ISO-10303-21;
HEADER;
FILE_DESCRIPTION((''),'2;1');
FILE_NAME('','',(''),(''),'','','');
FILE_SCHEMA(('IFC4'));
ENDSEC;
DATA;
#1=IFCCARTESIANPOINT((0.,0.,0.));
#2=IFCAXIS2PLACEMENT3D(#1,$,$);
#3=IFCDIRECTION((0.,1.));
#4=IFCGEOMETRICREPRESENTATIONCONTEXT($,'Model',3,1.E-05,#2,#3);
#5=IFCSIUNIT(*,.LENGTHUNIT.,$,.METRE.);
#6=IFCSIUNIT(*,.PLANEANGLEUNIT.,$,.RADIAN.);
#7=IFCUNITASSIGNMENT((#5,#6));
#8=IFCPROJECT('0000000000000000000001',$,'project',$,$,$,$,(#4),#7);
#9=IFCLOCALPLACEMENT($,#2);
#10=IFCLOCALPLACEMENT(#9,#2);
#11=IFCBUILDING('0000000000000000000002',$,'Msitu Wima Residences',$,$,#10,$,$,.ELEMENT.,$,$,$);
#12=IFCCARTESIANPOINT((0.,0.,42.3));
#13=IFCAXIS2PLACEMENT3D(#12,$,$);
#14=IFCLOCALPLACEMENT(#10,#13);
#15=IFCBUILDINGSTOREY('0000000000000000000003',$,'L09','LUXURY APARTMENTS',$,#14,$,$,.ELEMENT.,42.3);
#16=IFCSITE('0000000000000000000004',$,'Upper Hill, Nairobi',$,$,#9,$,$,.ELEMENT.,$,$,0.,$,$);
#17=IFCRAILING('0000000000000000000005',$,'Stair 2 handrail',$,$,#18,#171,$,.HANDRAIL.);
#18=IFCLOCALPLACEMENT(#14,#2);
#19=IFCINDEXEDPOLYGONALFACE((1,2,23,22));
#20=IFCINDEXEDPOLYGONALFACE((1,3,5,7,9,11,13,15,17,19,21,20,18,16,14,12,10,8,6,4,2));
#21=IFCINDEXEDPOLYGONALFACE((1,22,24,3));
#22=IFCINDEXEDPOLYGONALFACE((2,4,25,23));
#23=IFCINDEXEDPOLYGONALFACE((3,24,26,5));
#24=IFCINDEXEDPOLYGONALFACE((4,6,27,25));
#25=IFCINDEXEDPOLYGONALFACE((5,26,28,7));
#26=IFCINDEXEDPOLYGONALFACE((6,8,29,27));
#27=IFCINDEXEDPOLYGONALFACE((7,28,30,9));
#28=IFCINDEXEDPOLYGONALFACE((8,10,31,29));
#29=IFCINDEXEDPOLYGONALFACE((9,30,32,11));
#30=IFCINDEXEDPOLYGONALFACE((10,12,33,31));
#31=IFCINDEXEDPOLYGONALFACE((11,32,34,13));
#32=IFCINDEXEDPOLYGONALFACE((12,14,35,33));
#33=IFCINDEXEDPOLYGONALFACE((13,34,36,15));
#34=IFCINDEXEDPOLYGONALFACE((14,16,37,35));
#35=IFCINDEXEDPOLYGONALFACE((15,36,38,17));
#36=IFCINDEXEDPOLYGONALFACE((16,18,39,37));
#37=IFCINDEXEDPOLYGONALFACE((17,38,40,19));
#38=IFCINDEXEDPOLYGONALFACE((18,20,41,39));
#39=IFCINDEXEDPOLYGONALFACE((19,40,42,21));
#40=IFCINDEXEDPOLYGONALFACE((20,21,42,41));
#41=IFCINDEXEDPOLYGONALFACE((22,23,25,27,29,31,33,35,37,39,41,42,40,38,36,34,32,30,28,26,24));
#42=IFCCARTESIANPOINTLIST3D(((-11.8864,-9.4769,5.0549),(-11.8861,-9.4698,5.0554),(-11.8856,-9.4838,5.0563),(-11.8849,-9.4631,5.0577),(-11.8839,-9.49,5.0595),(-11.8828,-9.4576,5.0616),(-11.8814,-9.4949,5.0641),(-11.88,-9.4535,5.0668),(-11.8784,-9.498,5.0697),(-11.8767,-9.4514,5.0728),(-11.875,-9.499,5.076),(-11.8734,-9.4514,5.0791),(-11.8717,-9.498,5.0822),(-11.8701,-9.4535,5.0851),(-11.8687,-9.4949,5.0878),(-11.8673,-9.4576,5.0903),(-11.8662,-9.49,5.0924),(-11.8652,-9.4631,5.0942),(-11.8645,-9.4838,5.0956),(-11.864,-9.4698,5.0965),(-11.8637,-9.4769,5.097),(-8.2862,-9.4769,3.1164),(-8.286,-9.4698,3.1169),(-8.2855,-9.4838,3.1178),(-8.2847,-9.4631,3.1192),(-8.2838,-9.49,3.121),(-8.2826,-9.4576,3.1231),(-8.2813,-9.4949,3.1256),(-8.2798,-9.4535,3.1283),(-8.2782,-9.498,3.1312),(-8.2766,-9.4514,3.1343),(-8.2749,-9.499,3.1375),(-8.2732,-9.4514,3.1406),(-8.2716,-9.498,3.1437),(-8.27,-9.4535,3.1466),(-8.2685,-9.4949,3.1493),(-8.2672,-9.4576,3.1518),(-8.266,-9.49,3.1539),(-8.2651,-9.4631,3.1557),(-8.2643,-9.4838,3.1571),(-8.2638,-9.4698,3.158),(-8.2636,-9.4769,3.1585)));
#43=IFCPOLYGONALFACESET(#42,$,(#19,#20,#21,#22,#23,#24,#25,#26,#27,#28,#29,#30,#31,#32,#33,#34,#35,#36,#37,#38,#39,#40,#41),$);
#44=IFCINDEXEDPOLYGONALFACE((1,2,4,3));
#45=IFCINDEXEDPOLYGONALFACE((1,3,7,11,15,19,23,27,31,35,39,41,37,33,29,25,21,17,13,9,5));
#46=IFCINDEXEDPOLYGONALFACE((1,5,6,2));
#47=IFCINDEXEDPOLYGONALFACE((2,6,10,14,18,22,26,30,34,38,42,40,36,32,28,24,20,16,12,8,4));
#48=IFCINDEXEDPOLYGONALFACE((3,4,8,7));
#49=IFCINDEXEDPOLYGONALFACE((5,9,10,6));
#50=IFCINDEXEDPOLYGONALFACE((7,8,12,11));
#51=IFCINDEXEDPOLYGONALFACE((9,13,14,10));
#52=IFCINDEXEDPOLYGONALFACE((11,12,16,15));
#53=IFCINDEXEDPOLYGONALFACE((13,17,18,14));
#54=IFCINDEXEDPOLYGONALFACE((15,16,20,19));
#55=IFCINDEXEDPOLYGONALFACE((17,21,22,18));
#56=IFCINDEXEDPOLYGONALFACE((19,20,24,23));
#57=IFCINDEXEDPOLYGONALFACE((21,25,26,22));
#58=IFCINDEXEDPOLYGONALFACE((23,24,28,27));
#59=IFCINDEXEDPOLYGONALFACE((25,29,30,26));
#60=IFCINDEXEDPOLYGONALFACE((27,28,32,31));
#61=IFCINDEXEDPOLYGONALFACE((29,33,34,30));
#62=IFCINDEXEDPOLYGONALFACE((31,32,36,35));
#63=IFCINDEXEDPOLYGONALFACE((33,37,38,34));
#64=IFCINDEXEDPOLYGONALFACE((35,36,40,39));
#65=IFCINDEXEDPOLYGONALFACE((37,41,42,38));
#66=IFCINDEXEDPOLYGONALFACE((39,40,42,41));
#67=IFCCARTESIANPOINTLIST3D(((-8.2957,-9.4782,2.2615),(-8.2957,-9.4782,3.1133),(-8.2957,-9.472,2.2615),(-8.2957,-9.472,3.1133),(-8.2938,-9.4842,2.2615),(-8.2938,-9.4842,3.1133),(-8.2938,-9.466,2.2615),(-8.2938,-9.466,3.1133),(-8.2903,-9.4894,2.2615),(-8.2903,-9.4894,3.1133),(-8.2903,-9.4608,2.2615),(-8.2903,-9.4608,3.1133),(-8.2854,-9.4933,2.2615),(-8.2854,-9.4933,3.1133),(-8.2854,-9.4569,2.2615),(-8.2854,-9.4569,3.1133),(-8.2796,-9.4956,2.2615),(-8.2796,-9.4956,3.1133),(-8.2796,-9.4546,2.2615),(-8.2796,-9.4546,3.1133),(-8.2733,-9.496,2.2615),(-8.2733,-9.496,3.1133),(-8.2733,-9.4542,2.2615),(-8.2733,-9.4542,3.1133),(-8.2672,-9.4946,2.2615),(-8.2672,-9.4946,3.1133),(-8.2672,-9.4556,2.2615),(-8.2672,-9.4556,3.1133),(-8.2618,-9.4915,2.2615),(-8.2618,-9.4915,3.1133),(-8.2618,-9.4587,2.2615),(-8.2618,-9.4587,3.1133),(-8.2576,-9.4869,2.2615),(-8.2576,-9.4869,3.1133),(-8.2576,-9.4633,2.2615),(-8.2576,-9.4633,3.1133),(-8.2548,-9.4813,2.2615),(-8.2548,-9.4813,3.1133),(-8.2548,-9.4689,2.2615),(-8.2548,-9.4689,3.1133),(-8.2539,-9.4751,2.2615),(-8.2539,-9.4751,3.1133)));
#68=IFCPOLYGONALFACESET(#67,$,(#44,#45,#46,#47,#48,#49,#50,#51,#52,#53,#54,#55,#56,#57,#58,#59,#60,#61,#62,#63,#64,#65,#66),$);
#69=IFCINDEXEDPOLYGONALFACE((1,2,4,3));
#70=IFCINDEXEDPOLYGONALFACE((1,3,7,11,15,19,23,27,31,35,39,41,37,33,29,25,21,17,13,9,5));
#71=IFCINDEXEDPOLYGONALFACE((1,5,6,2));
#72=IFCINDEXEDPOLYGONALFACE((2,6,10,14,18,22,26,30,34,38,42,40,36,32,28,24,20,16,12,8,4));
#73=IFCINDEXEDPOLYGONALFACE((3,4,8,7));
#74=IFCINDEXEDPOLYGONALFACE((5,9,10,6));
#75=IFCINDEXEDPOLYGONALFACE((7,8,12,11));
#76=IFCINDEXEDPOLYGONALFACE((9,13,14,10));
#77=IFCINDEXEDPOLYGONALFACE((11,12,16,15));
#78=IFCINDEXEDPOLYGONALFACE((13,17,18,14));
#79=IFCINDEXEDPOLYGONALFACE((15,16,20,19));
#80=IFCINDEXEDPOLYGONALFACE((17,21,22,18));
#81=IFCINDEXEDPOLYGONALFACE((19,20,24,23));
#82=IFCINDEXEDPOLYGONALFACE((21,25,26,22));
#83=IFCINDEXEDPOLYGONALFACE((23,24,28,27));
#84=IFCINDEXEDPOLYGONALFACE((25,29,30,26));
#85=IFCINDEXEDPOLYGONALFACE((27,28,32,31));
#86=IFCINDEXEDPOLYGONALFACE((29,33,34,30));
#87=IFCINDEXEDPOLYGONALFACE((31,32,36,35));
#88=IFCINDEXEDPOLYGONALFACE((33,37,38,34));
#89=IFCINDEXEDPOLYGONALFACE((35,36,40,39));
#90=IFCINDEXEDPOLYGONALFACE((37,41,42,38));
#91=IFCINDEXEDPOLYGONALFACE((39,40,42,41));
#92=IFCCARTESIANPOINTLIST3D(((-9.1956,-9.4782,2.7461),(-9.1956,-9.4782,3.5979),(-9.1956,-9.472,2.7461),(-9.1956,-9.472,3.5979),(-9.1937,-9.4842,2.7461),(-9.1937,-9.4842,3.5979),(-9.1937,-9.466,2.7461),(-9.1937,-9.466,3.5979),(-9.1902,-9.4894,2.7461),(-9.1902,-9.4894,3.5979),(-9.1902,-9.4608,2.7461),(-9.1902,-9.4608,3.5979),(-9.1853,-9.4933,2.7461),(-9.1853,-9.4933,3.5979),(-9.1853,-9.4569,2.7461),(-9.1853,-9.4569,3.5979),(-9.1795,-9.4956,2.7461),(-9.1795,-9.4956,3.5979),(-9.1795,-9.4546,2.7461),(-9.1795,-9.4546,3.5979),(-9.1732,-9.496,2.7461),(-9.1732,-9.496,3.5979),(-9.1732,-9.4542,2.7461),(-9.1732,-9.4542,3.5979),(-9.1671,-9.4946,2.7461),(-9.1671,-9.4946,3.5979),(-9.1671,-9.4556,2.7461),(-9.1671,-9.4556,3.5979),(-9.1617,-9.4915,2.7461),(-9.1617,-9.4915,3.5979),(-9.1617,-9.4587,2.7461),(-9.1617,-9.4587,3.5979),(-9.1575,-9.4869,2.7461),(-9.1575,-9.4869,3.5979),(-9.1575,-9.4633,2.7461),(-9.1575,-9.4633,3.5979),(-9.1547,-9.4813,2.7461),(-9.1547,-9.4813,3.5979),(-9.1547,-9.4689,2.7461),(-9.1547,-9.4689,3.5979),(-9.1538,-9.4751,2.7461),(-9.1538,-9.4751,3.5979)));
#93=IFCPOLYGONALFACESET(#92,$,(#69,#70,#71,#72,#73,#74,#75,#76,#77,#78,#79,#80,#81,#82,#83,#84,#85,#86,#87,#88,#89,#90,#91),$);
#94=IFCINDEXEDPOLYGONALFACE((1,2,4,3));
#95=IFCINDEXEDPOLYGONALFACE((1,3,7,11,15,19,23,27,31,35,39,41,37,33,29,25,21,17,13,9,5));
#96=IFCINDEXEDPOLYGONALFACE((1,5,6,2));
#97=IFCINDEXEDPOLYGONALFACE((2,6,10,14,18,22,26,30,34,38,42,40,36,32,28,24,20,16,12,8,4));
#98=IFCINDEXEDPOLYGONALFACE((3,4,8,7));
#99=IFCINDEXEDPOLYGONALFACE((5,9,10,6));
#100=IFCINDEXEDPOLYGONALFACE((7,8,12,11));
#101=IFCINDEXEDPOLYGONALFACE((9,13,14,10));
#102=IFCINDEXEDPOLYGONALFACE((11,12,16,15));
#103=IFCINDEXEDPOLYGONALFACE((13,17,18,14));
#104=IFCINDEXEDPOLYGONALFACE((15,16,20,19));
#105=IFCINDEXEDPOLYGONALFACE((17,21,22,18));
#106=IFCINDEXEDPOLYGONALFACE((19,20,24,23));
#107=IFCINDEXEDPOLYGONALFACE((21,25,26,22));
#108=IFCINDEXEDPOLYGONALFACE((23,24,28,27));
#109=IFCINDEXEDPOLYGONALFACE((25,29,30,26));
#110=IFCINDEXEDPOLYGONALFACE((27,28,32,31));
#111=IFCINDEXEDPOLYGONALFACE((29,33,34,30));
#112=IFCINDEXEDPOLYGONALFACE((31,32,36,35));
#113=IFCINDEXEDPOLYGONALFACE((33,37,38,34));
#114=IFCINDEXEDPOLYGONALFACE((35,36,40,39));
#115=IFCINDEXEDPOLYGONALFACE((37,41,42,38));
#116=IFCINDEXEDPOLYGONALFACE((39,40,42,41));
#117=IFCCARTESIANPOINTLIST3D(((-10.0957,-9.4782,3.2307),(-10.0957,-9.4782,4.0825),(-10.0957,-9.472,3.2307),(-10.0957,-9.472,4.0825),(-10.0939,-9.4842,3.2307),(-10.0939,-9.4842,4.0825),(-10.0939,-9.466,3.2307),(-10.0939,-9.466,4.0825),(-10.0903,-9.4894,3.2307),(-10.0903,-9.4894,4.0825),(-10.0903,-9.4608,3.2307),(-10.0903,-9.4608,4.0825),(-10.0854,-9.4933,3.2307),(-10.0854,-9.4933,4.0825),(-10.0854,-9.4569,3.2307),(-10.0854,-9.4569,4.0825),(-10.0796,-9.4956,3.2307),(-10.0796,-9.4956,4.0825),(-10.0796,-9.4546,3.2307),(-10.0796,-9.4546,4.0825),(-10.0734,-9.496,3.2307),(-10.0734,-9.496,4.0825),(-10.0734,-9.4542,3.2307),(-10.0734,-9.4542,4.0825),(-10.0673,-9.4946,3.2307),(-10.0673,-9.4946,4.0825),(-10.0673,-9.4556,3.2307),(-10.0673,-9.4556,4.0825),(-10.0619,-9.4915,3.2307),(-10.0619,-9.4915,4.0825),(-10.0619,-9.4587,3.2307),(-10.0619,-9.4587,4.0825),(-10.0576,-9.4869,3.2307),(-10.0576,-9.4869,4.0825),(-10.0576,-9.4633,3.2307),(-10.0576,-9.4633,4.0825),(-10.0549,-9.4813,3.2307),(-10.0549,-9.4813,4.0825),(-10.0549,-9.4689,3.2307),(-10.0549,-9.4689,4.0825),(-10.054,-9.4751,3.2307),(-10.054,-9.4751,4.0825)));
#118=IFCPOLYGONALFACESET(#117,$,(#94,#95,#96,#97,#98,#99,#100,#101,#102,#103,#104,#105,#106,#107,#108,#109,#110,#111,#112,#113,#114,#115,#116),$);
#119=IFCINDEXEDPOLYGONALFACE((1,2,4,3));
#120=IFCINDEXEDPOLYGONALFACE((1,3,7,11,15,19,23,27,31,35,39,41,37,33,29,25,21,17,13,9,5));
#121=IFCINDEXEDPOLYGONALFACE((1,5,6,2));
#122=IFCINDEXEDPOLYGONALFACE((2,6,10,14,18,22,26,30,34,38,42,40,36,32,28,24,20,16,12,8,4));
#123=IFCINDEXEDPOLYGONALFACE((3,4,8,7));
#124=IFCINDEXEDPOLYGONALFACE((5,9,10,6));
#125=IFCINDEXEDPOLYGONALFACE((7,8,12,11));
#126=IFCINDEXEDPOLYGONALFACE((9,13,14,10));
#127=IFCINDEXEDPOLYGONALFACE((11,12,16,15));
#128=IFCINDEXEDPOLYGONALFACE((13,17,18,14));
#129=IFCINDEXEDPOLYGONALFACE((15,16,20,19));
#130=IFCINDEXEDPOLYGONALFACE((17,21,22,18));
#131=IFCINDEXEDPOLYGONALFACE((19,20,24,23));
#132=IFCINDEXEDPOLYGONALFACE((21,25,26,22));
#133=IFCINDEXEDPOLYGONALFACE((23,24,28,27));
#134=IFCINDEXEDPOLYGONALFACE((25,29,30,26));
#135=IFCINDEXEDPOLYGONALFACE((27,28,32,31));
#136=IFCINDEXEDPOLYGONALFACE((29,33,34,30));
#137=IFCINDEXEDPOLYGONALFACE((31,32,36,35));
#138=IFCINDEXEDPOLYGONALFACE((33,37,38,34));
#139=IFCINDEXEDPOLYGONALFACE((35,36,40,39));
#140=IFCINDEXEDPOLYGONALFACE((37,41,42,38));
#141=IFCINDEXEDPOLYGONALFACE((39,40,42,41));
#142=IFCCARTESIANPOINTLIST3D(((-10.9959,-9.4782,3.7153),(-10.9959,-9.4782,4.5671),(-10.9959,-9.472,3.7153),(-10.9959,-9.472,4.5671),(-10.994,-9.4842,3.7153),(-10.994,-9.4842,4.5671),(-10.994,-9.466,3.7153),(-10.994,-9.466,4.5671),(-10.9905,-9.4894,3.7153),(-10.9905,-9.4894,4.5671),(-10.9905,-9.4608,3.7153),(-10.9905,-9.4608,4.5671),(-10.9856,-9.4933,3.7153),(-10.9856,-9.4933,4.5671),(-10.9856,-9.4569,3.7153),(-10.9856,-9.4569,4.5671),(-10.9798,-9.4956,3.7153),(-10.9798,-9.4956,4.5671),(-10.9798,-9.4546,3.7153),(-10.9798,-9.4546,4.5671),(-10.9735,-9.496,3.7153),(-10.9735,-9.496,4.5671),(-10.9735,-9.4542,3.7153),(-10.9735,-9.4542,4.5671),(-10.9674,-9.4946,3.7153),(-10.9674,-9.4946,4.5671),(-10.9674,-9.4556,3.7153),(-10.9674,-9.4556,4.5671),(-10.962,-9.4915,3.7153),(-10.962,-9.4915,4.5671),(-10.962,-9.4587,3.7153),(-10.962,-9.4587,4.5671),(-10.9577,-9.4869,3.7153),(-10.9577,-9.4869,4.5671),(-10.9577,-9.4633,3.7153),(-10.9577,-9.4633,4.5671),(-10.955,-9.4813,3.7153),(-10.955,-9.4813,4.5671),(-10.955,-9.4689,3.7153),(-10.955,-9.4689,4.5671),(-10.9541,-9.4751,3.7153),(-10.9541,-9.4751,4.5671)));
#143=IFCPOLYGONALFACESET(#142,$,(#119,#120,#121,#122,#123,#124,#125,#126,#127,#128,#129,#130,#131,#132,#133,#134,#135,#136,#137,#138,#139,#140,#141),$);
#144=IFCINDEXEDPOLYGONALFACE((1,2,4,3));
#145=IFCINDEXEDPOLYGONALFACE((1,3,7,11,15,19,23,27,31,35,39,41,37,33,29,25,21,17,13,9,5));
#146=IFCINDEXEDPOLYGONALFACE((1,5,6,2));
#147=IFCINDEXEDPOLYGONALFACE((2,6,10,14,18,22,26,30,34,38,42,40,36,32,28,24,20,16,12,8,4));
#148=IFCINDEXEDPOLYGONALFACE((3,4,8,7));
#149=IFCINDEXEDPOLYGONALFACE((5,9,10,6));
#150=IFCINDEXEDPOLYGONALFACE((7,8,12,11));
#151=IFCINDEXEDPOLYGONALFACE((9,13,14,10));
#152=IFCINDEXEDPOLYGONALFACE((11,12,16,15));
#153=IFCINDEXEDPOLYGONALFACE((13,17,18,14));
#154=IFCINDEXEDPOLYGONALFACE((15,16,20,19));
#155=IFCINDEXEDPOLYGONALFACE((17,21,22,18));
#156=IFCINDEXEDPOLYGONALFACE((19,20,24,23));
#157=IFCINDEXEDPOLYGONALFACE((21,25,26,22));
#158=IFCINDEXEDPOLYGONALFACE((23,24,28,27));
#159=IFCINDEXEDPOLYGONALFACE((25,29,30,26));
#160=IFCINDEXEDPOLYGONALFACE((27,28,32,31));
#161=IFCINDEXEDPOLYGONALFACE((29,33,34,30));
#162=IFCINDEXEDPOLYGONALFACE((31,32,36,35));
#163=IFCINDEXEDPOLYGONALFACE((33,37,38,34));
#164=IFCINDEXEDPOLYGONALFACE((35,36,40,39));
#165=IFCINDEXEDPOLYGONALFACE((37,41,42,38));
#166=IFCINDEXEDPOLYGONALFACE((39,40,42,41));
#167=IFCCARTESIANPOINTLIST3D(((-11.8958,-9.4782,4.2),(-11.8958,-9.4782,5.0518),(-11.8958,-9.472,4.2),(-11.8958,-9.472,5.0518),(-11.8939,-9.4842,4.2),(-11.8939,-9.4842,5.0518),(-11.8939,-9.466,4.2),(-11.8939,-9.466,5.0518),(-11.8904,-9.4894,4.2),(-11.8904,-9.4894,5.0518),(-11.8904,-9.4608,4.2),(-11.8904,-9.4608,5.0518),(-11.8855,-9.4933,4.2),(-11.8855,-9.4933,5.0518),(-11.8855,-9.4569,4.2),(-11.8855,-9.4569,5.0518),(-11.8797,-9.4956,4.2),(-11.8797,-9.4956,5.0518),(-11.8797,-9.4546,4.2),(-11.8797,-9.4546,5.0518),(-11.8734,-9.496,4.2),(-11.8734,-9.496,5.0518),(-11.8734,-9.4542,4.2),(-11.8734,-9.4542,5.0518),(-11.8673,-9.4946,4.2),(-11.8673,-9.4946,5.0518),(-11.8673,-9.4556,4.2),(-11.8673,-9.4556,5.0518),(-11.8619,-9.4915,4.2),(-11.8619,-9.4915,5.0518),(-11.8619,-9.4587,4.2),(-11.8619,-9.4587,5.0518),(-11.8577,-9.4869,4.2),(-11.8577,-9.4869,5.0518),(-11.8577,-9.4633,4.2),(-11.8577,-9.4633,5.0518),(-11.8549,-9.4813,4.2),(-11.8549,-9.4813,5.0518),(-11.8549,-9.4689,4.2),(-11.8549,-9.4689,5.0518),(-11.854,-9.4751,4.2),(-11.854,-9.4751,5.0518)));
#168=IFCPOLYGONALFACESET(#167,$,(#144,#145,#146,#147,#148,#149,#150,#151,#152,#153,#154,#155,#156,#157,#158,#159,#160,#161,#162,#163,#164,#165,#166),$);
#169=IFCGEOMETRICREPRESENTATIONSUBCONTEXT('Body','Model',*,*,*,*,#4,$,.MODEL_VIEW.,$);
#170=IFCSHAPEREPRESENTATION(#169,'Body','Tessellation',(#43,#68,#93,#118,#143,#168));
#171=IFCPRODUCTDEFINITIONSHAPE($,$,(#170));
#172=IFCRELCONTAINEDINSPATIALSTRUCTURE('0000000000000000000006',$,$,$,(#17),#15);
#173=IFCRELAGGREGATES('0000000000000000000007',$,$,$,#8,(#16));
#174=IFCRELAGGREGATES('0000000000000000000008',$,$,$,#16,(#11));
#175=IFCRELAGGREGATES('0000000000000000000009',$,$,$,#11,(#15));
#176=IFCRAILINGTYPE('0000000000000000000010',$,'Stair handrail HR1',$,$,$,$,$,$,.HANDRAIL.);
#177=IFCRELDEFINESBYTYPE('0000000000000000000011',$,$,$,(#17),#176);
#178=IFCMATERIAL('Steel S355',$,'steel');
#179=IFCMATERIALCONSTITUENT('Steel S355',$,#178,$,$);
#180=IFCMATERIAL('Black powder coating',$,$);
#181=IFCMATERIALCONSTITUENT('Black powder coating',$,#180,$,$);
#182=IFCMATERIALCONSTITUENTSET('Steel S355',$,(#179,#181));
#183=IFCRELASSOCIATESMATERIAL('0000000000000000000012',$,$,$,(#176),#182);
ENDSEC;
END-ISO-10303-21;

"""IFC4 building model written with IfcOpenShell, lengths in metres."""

from ifc_helpers import new_model, si_unit, direction, frame, origin, origin_2d, place, context, subcontext, project, spatial, circle, extrude, material, constituent, constituent_set, type_object, element, save


model = new_model("IFC4")

# Units and contexts
model_context = context("Model", 3, precision=1e-05, world=origin(), true_north=direction((0.0, 1.0)))
body_context = subcontext(model_context, "Body", "Model", "MODEL_VIEW")
ifc_project = project(units=[si_unit("LENGTHUNIT", "METRE"), si_unit("PLANEANGLEUNIT", "RADIAN")], contexts=[model_context])

# Site, building, storey
site_placement = place(None, origin())
site = spatial("IfcSite", under=ifc_project, at=site_placement, Name="Upper Hill, Nairobi", CompositionType="ELEMENT", RefElevation=0.0)
building_placement = place(site_placement, origin())
building = spatial("IfcBuilding", under=site, at=building_placement, Name="Msitu Wima Residences", CompositionType="ELEMENT")
storey_placement = place(building_placement, frame((0.0, 0.0, 42.3)))
storey = spatial("IfcBuildingStorey", under=building, at=storey_placement, Name="L09", Description="LUXURY APARTMENTS", CompositionType="ELEMENT", Elevation=42.3)

# Railing
ifc_material_1 = material(Name="Steel S355", Category="steel")
ifc_constituent_1 = constituent(ifc_material_1, Name="Steel S355")
ifc_material_2 = material(Name="Black powder coating")
ifc_constituent_2 = constituent(ifc_material_2, Name="Black powder coating")
ifc_constituent_set = constituent_set(constituents=[ifc_constituent_1, ifc_constituent_2], Name="Steel S355")
railing_type = type_object("IfcRailingType", Name="Stair handrail HR1", PredefinedType="HANDRAIL", material=ifc_constituent_set)
for number, where, name in (
    (1, (-8.2749, -9.4751, 2.2615), "Stair 2 handrail"),
):
    element("IfcRailing", number, at=place(storey_placement, frame(where)), inside=storey, type_object=railing_type, Name=name, PredefinedType="HANDRAIL", context=body_context, shape_type="SweptSolid", body=[
        extrude(circle(Radius=0.0239, at=origin_2d()), frame((0.0, 0.0, 0.876), z_axis=(-0.880475, 0.0, 0.474093), x_axis=(0.0, -1.0, 0.0)), (0.0, 0.0, 1.0), 4.0889),
        extrude(circle(Radius=0.021, at=origin_2d()), origin(), (0.0, 0.0, 1.0), 0.8518),
        extrude(circle(Radius=0.021, at=origin_2d()), frame((-0.8999, 0.0, 0.4846)), (0.0, 0.0, 1.0), 0.8518),
        extrude(circle(Radius=0.021, at=origin_2d()), frame((-1.8, 0.0, 0.9692)), (0.0, 0.0, 1.0), 0.8518),
        extrude(circle(Radius=0.021, at=origin_2d()), frame((-2.7002, 0.0, 1.4539)), (0.0, 0.0, 1.0), 0.8518),
        extrude(circle(Radius=0.021, at=origin_2d()), frame((-3.6001, 0.0, 1.9385)), (0.0, 0.0, 1.0), 0.8518),
    ])

save(model, "model.ifc")
